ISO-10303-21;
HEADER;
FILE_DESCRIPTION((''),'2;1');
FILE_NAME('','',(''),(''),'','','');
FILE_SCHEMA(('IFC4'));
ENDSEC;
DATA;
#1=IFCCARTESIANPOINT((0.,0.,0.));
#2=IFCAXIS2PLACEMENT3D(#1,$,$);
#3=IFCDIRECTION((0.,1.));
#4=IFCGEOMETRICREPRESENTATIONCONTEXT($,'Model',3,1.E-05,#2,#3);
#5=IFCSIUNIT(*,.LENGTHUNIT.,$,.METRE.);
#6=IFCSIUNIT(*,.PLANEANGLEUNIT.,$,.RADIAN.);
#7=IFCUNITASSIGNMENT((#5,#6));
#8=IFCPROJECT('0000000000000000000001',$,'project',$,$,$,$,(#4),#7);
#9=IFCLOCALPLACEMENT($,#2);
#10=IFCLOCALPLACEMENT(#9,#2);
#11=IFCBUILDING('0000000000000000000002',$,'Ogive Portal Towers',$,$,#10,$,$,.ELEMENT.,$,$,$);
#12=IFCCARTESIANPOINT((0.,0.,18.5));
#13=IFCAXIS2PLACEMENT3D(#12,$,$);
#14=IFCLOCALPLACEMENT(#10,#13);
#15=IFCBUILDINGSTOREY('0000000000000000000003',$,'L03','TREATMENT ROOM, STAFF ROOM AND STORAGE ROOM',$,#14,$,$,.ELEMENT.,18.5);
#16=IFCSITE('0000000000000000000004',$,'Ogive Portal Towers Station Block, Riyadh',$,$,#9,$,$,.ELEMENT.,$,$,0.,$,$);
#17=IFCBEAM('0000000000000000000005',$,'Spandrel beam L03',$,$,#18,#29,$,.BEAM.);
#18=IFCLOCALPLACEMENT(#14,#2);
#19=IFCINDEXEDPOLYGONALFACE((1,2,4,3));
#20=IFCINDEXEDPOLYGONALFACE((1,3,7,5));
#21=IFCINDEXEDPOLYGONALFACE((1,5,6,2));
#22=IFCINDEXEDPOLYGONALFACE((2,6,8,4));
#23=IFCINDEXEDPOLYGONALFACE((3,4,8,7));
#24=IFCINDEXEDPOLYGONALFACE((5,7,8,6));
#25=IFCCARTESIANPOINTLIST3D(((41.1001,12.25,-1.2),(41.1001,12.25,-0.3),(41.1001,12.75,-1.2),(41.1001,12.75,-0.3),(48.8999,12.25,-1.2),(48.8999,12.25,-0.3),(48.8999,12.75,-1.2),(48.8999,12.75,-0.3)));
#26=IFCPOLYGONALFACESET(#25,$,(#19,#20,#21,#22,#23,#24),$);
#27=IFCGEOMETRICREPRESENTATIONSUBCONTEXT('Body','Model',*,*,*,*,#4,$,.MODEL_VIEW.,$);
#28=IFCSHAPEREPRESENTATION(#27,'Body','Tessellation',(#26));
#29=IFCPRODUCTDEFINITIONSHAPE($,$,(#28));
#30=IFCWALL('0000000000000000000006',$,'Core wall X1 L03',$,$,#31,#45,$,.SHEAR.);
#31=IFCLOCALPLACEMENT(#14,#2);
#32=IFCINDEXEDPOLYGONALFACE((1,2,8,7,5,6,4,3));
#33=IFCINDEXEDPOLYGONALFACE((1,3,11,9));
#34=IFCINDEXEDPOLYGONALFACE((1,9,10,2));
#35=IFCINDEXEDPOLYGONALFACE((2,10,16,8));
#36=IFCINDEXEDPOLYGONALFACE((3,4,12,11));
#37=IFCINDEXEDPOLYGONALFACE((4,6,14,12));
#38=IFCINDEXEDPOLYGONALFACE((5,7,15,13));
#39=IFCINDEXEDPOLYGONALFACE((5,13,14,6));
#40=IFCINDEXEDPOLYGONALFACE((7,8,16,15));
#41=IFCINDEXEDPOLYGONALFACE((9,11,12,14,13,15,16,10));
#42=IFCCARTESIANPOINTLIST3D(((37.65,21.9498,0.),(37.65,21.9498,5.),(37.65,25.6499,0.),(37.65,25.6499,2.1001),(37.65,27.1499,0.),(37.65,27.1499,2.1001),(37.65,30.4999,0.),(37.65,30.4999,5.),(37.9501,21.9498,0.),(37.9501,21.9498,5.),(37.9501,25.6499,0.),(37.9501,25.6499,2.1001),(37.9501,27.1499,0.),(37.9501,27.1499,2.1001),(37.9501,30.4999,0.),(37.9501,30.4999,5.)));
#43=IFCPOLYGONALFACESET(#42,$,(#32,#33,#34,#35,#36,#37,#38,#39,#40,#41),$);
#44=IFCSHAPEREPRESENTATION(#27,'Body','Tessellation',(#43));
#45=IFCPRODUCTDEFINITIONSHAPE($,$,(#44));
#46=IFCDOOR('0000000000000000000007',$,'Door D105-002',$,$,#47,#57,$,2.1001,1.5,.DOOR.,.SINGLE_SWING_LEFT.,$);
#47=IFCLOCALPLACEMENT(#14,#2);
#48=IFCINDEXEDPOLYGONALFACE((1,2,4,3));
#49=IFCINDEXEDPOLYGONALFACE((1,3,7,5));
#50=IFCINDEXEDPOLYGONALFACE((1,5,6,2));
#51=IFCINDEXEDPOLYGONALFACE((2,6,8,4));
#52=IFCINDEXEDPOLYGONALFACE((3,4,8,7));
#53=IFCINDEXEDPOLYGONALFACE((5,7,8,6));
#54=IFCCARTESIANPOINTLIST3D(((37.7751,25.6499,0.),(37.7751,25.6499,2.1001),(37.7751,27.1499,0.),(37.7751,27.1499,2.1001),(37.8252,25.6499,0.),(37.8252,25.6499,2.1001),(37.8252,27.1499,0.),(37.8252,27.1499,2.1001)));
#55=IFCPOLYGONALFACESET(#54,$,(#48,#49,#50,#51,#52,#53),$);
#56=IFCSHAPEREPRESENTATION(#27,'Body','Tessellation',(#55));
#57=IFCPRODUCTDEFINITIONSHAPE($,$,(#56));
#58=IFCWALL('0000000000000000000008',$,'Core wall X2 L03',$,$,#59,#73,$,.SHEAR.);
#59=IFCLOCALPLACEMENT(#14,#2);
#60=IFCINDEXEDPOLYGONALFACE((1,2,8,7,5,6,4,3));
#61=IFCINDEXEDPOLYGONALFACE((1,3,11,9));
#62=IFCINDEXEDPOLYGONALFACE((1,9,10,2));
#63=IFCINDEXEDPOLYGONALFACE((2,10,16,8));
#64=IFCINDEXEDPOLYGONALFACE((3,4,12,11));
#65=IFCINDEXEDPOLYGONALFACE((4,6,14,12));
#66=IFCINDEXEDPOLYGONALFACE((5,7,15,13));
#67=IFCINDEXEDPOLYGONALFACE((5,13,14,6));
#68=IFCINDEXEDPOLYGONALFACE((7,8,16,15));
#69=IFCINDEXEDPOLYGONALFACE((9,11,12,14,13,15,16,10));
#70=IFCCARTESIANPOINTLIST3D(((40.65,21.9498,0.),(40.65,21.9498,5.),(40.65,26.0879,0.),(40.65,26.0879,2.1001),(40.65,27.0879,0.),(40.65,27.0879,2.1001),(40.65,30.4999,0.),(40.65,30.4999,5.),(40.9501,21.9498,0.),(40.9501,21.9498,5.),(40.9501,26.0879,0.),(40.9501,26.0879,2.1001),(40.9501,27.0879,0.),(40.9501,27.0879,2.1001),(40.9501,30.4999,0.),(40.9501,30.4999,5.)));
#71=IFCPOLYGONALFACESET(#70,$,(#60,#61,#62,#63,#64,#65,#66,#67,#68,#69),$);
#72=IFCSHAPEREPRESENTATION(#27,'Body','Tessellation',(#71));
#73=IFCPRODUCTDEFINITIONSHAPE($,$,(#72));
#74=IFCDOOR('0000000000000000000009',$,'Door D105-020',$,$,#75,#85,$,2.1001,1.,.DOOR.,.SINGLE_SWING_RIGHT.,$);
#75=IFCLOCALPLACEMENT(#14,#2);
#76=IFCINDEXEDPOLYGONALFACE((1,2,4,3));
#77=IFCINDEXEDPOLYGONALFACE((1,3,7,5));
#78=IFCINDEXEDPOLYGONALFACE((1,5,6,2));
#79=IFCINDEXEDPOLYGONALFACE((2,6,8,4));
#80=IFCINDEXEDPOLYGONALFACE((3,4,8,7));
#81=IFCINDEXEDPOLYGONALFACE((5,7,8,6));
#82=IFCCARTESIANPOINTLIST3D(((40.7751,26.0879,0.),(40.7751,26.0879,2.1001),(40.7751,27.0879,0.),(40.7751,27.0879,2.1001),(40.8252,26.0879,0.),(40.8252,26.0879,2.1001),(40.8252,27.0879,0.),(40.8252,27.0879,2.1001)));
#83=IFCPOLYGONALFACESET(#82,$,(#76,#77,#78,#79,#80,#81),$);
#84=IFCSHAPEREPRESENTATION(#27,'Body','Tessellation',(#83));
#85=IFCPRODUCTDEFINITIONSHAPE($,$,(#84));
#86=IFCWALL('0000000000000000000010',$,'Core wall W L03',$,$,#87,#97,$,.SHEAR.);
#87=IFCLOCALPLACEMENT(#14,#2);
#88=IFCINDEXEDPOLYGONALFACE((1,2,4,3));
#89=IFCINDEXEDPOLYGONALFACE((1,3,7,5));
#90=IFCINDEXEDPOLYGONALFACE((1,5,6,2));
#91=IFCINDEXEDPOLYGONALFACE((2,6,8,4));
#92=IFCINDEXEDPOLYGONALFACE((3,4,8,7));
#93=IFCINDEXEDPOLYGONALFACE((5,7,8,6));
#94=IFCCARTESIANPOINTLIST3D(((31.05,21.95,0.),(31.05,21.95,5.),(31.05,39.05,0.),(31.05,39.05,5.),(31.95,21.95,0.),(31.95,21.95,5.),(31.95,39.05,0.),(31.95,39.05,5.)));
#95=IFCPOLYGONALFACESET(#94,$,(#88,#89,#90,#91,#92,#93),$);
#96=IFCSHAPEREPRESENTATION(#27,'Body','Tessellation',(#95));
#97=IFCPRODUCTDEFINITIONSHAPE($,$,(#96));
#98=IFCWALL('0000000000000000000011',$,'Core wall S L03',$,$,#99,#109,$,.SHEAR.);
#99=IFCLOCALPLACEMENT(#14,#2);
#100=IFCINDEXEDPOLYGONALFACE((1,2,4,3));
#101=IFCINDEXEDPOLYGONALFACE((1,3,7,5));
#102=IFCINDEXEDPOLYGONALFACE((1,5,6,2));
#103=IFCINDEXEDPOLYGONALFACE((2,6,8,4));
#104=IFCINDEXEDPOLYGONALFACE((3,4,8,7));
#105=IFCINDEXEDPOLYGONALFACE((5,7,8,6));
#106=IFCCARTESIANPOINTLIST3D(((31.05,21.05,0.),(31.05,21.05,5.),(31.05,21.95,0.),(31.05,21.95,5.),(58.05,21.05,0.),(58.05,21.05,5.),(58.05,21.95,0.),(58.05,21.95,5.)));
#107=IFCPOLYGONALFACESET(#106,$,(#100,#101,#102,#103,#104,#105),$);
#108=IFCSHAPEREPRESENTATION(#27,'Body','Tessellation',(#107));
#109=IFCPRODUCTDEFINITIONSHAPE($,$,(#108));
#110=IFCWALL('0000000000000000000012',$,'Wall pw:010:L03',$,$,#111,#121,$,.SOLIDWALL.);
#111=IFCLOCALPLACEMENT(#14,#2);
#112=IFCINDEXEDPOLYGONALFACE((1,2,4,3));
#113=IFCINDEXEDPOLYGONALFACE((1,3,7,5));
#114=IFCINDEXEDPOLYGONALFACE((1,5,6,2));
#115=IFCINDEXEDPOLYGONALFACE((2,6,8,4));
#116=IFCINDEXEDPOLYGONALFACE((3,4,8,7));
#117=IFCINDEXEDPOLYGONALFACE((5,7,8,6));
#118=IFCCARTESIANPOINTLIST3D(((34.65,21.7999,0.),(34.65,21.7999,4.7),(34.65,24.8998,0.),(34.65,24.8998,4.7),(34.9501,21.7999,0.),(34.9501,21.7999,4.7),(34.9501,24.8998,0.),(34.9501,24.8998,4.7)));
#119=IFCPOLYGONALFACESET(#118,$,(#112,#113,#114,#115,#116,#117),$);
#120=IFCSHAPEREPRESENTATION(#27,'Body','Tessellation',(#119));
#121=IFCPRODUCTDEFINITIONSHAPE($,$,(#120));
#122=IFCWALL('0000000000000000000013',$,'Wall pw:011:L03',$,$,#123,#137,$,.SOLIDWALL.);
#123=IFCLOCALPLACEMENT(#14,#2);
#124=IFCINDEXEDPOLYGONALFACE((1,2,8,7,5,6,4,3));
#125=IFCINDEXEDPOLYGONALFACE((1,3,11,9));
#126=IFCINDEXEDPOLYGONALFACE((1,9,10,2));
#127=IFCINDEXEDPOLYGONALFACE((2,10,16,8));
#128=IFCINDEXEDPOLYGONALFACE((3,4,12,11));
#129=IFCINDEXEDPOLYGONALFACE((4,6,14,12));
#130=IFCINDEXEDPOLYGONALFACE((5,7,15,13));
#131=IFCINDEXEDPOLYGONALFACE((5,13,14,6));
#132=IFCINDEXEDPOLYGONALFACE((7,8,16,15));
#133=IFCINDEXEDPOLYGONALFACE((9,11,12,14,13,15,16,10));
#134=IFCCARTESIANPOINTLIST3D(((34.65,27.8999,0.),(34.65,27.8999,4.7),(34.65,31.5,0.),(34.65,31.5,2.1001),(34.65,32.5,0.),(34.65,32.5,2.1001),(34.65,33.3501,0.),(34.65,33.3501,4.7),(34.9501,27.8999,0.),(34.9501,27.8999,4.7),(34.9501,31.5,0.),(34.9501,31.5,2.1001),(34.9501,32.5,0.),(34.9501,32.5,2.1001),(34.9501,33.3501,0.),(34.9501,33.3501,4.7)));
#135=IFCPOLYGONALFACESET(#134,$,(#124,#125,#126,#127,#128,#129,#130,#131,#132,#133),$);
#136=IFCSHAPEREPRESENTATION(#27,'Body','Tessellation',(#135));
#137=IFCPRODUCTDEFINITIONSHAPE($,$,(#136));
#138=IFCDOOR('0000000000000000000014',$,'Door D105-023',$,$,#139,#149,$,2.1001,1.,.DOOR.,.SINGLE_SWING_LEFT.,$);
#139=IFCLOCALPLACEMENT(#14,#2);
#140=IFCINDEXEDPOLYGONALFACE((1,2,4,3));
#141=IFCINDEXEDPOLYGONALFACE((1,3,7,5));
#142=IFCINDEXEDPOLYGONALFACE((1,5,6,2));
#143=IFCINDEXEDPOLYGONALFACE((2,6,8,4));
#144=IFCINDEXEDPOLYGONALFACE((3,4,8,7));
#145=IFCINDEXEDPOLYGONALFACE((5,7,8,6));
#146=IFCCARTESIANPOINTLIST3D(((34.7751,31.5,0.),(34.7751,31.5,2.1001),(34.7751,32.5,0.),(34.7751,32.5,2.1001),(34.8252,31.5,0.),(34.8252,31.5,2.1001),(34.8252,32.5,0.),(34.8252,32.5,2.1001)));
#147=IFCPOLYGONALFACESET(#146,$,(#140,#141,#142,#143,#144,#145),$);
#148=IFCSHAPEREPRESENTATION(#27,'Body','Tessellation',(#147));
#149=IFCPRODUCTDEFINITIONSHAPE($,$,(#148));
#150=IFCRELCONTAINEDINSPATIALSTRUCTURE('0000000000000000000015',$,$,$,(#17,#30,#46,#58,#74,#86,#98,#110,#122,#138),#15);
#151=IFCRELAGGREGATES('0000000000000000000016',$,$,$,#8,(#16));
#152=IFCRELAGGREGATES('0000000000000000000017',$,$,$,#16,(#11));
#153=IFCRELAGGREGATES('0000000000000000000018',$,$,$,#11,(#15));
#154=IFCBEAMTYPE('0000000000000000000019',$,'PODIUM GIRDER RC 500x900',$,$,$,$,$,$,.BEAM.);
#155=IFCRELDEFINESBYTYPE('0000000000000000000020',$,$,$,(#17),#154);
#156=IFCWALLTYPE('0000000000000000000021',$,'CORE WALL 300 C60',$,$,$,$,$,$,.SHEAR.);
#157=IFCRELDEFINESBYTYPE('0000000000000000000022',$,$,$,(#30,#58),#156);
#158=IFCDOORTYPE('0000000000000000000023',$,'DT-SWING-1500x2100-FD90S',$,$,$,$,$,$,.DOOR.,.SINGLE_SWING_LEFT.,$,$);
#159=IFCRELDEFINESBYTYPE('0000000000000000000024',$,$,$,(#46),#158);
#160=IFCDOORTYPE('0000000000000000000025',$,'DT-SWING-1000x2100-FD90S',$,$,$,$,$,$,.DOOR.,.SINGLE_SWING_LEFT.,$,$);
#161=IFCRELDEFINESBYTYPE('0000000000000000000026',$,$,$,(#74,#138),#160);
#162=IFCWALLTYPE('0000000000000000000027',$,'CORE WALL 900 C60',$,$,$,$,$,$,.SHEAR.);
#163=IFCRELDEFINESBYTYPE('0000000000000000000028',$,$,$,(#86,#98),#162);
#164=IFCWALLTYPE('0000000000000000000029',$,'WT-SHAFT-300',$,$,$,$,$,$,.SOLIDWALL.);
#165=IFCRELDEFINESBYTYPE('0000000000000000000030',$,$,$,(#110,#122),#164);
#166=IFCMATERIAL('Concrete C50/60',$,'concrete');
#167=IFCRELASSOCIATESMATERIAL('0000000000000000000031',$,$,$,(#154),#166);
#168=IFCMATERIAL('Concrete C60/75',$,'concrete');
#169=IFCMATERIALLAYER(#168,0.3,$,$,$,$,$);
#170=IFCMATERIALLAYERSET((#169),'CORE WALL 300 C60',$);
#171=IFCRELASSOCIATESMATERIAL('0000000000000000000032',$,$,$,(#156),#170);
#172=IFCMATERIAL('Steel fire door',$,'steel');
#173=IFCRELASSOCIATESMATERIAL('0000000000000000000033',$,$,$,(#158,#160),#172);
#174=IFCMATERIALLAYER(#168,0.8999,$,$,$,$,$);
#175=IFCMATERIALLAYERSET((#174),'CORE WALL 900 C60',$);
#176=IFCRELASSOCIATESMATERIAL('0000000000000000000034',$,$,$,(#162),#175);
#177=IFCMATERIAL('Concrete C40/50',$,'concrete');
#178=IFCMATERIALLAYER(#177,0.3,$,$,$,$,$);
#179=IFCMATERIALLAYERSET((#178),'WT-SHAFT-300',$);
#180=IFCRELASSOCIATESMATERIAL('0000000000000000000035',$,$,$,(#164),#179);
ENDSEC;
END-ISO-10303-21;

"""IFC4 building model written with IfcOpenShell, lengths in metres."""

from ifc_helpers import new_model, si_unit, direction, frame, frame_2d, origin, origin_2d, place, context, subcontext, project, spatial, rectangle, extrude, material, layer, layer_set, material_profile, profile_set, type_object, element, fill, save


model = new_model("IFC4")

# Units and contexts
model_context = context("Model", 3, precision=1e-05, world=origin(), true_north=direction((0.0, 1.0)))
body_context = subcontext(model_context, "Body", "Model", "MODEL_VIEW")
ifc_project = project(units=[si_unit("LENGTHUNIT", "METRE"), si_unit("PLANEANGLEUNIT", "RADIAN")], contexts=[model_context])

# Site, building, storey
site_placement = place(None, origin())
site = spatial("IfcSite", under=ifc_project, at=site_placement, Name="Ogive Portal Towers Station Block, Riyadh", CompositionType="ELEMENT", RefElevation=0.0)
building_placement = place(site_placement, origin())
building = spatial("IfcBuilding", under=site, at=building_placement, Name="Ogive Portal Towers", CompositionType="ELEMENT")
storey_placement = place(building_placement, frame((0.0, 0.0, 18.5)))
storey = spatial("IfcBuildingStorey", under=building, at=storey_placement, Name="L03", Description="TREATMENT ROOM, STAFF ROOM AND STORAGE ROOM", CompositionType="ELEMENT", Elevation=18.5)

# Beam
ifc_material_1 = material(Name="Concrete C50/60", Category="concrete")
ifc_material_profile = material_profile(ifc_material_1, rectangle(XDim=0.5, YDim=0.8999, at=origin_2d()), Name="RC 500x900")
ifc_profile_set = profile_set([ifc_material_profile], Name="Concrete C50/60")
beam_type = type_object("IfcBeamType", Name="PODIUM GIRDER RC 500x900", PredefinedType="BEAM", material=ifc_profile_set)
beam_placement = place(storey_placement, frame((41.1001, 12.5, -0.75), z_axis=(1.0, 0.0, 0.0), x_axis=(0.0, 1.0, 0.0)))
element("IfcBeam", 1, at=beam_placement, inside=storey, type_object=beam_type, Name="Spandrel beam L03", PredefinedType="BEAM", context=body_context, shape_type="SweptSolid", body=[
    extrude(rectangle(XDim=0.5, YDim=0.8999, at=origin_2d()), origin(), (0.0, 0.0, 1.0), 7.7998),
])

# Walls, openings, doors
ifc_material_2 = material(Name="Concrete C60/75", Category="concrete")
ifc_layer_1 = layer(ifc_material_2, 0.3)
ifc_layer_set_1 = layer_set([ifc_layer_1], Name="CORE WALL 300 C60")
wall_type_1 = type_object("IfcWallType", Name="CORE WALL 300 C60", PredefinedType="SHEAR", material=ifc_layer_set_1)
wall_1_placement = place(storey_placement, frame((37.8, 21.95, 0.0), z_axis=(0.0, 0.0, 1.0), x_axis=(0.0, 1.0, 0.0)))
wall_1 = element("IfcWall", 2, at=wall_1_placement, inside=storey, type_object=wall_type_1, Name="Core wall X1 L03", PredefinedType="SHEAR", context=body_context, shape_type="SweptSolid", body=[
    extrude(rectangle(XDim=8.55, YDim=0.3, at=frame_2d((4.2749, 0.0))), origin(), (0.0, 0.0, 1.0), 5.0),
])
opening_1_placement = place(wall_1_placement, frame((3.7, 0.0, 0.0)))
opening_1 = element("IfcOpeningElement", 3, at=opening_1_placement, cuts=wall_1, PredefinedType="OPENING", context=body_context, shape_type="SweptSolid", body=[
    extrude(rectangle(XDim=1.5, YDim=2.1001, at=frame_2d((0.75, 1.05))), frame((0.0, 0.1602, 0.0), z_axis=(0.0, -1.0, 0.0), x_axis=(1.0, 0.0, 0.0)), (0.0, 0.0, 1.0), 0.3201),
])
ifc_material_3 = material(Name="Steel fire door", Category="steel")
door_type_1 = type_object("IfcDoorType", Name="DT-SWING-1500x2100-FD90S", OperationType="SINGLE_SWING_LEFT", PredefinedType="DOOR", material=ifc_material_3)
door_1_placement = place(opening_1_placement, origin())
door_1 = element("IfcDoor", 4, at=door_1_placement, inside=storey, type_object=door_type_1, Name="Door D105-002", OperationType="SINGLE_SWING_LEFT", OverallHeight=2.1001, OverallWidth=1.5, PredefinedType="DOOR", context=body_context, shape_type="SweptSolid", body=[
    extrude(rectangle(XDim=1.5, YDim=2.1001, at=frame_2d((0.75, 1.05))), frame((0.0, 0.0249, 0.0), z_axis=(0.0, -1.0, 0.0), x_axis=(1.0, 0.0, 0.0)), (0.0, 0.0, 1.0), 0.05),
])
fill(opening_1, door_1)
wall_2_placement = place(storey_placement, frame((40.8, 21.95, 0.0), z_axis=(0.0, 0.0, 1.0), x_axis=(0.0, 1.0, 0.0)))
wall_2 = element("IfcWall", 5, at=wall_2_placement, inside=storey, type_object=wall_type_1, Name="Core wall X2 L03", PredefinedType="SHEAR", context=body_context, shape_type="SweptSolid", body=[
    extrude(rectangle(XDim=8.55, YDim=0.3, at=frame_2d((4.2749, 0.0))), origin(), (0.0, 0.0, 1.0), 5.0),
])
opening_2_placement = place(wall_2_placement, frame((4.1379, 0.0, 0.0)))
opening_2 = element("IfcOpeningElement", 6, at=opening_2_placement, cuts=wall_2, PredefinedType="OPENING", context=body_context, shape_type="SweptSolid", body=[
    extrude(rectangle(XDim=1.0, YDim=2.1001, at=frame_2d((0.5, 1.05))), frame((0.0, 0.1602, 0.0), z_axis=(0.0, -1.0, 0.0), x_axis=(1.0, 0.0, 0.0)), (0.0, 0.0, 1.0), 0.3201),
])
door_type_2 = type_object("IfcDoorType", Name="DT-SWING-1000x2100-FD90S", OperationType="SINGLE_SWING_LEFT", PredefinedType="DOOR", material=ifc_material_3)
door_2_placement = place(opening_2_placement, origin())
door_2 = element("IfcDoor", 7, at=door_2_placement, inside=storey, type_object=door_type_2, Name="Door D105-020", OperationType="SINGLE_SWING_RIGHT", OverallHeight=2.1001, OverallWidth=1.0, PredefinedType="DOOR", context=body_context, shape_type="SweptSolid", body=[
    extrude(rectangle(XDim=1.0, YDim=2.1001, at=frame_2d((0.5, 1.05))), frame((0.0, 0.0249, 0.0), z_axis=(0.0, -1.0, 0.0), x_axis=(1.0, 0.0, 0.0)), (0.0, 0.0, 1.0), 0.05),
])
fill(opening_2, door_2)

# Walls
ifc_layer_2 = layer(ifc_material_2, 0.8999)
ifc_layer_set_2 = layer_set([ifc_layer_2], Name="CORE WALL 900 C60")
wall_type_2 = type_object("IfcWallType", Name="CORE WALL 900 C60", PredefinedType="SHEAR", material=ifc_layer_set_2)
wall_3_placement = place(storey_placement, frame((31.5, 21.95, 0.0), z_axis=(0.0, 0.0, 1.0), x_axis=(0.0, 1.0, 0.0)))
element("IfcWall", 8, at=wall_3_placement, inside=storey, type_object=wall_type_2, Name="Core wall W L03", PredefinedType="SHEAR", context=body_context, shape_type="SweptSolid", body=[
    extrude(rectangle(XDim=17.1001, YDim=0.8999, at=frame_2d((8.55, 0.0))), origin(), (0.0, 0.0, 1.0), 5.0),
])
wall_4_placement = place(storey_placement, frame((31.05, 21.5, 0.0), z_axis=(0.0, 0.0, 1.0), x_axis=(1.0, 0.0, 0.0)))
element("IfcWall", 9, at=wall_4_placement, inside=storey, type_object=wall_type_2, Name="Core wall S L03", PredefinedType="SHEAR", context=body_context, shape_type="SweptSolid", body=[
    extrude(rectangle(XDim=27.0, YDim=0.8999, at=frame_2d((13.5, 0.0))), origin(), (0.0, 0.0, 1.0), 5.0),
])

# Shared definitions
ifc_material_4 = material(Name="Concrete C40/50", Category="concrete")
ifc_layer_3 = layer(ifc_material_4, 0.3)
ifc_layer_set_3 = layer_set([ifc_layer_3], Name="WT-SHAFT-300")
wall_type_3 = type_object("IfcWallType", Name="WT-SHAFT-300", PredefinedType="SOLIDWALL", material=ifc_layer_set_3)

# Wall
wall_5_placement = place(storey_placement, frame((34.8, 21.8, 0.0), z_axis=(0.0, 0.0, 1.0), x_axis=(0.0, 1.0, 0.0)))
element("IfcWall", 10, at=wall_5_placement, inside=storey, type_object=wall_type_3, Name="Wall pw:010:L03", PredefinedType="SOLIDWALL", context=body_context, shape_type="SweptSolid", body=[
    extrude(rectangle(XDim=3.0999, YDim=0.3, at=frame_2d((1.5498, 0.0))), origin(), (0.0, 0.0, 1.0), 4.7),
])

# Wall, opening, door
wall_6_placement = place(storey_placement, frame((34.8, 27.8999, 0.0), z_axis=(0.0, 0.0, 1.0), x_axis=(0.0, 1.0, 0.0)))
wall_6 = element("IfcWall", 11, at=wall_6_placement, inside=storey, type_object=wall_type_3, Name="Wall pw:011:L03", PredefinedType="SOLIDWALL", context=body_context, shape_type="SweptSolid", body=[
    extrude(rectangle(XDim=5.4502, YDim=0.3, at=frame_2d((2.7251, 0.0))), origin(), (0.0, 0.0, 1.0), 4.7),
])
opening_3_placement = place(wall_6_placement, frame((3.6001, 0.0, 0.0)))
opening_3 = element("IfcOpeningElement", 12, at=opening_3_placement, cuts=wall_6, PredefinedType="OPENING", context=body_context, shape_type="SweptSolid", body=[
    extrude(rectangle(XDim=1.0, YDim=2.1001, at=frame_2d((0.5, 1.05))), frame((0.0, 0.1602, 0.0), z_axis=(0.0, -1.0, 0.0), x_axis=(1.0, 0.0, 0.0)), (0.0, 0.0, 1.0), 0.3201),
])
door_3_placement = place(opening_3_placement, origin())
door_3 = element("IfcDoor", 13, at=door_3_placement, inside=storey, type_object=door_type_2, Name="Door D105-023", OperationType="SINGLE_SWING_LEFT", OverallHeight=2.1001, OverallWidth=1.0, PredefinedType="DOOR", context=body_context, shape_type="SweptSolid", body=[
    extrude(rectangle(XDim=1.0, YDim=2.1001, at=frame_2d((0.5, 1.05))), frame((0.0, 0.0249, 0.0), z_axis=(0.0, -1.0, 0.0), x_axis=(1.0, 0.0, 0.0)), (0.0, 0.0, 1.0), 0.05),
])
fill(opening_3, door_3)

save(model, "model.ifc")
